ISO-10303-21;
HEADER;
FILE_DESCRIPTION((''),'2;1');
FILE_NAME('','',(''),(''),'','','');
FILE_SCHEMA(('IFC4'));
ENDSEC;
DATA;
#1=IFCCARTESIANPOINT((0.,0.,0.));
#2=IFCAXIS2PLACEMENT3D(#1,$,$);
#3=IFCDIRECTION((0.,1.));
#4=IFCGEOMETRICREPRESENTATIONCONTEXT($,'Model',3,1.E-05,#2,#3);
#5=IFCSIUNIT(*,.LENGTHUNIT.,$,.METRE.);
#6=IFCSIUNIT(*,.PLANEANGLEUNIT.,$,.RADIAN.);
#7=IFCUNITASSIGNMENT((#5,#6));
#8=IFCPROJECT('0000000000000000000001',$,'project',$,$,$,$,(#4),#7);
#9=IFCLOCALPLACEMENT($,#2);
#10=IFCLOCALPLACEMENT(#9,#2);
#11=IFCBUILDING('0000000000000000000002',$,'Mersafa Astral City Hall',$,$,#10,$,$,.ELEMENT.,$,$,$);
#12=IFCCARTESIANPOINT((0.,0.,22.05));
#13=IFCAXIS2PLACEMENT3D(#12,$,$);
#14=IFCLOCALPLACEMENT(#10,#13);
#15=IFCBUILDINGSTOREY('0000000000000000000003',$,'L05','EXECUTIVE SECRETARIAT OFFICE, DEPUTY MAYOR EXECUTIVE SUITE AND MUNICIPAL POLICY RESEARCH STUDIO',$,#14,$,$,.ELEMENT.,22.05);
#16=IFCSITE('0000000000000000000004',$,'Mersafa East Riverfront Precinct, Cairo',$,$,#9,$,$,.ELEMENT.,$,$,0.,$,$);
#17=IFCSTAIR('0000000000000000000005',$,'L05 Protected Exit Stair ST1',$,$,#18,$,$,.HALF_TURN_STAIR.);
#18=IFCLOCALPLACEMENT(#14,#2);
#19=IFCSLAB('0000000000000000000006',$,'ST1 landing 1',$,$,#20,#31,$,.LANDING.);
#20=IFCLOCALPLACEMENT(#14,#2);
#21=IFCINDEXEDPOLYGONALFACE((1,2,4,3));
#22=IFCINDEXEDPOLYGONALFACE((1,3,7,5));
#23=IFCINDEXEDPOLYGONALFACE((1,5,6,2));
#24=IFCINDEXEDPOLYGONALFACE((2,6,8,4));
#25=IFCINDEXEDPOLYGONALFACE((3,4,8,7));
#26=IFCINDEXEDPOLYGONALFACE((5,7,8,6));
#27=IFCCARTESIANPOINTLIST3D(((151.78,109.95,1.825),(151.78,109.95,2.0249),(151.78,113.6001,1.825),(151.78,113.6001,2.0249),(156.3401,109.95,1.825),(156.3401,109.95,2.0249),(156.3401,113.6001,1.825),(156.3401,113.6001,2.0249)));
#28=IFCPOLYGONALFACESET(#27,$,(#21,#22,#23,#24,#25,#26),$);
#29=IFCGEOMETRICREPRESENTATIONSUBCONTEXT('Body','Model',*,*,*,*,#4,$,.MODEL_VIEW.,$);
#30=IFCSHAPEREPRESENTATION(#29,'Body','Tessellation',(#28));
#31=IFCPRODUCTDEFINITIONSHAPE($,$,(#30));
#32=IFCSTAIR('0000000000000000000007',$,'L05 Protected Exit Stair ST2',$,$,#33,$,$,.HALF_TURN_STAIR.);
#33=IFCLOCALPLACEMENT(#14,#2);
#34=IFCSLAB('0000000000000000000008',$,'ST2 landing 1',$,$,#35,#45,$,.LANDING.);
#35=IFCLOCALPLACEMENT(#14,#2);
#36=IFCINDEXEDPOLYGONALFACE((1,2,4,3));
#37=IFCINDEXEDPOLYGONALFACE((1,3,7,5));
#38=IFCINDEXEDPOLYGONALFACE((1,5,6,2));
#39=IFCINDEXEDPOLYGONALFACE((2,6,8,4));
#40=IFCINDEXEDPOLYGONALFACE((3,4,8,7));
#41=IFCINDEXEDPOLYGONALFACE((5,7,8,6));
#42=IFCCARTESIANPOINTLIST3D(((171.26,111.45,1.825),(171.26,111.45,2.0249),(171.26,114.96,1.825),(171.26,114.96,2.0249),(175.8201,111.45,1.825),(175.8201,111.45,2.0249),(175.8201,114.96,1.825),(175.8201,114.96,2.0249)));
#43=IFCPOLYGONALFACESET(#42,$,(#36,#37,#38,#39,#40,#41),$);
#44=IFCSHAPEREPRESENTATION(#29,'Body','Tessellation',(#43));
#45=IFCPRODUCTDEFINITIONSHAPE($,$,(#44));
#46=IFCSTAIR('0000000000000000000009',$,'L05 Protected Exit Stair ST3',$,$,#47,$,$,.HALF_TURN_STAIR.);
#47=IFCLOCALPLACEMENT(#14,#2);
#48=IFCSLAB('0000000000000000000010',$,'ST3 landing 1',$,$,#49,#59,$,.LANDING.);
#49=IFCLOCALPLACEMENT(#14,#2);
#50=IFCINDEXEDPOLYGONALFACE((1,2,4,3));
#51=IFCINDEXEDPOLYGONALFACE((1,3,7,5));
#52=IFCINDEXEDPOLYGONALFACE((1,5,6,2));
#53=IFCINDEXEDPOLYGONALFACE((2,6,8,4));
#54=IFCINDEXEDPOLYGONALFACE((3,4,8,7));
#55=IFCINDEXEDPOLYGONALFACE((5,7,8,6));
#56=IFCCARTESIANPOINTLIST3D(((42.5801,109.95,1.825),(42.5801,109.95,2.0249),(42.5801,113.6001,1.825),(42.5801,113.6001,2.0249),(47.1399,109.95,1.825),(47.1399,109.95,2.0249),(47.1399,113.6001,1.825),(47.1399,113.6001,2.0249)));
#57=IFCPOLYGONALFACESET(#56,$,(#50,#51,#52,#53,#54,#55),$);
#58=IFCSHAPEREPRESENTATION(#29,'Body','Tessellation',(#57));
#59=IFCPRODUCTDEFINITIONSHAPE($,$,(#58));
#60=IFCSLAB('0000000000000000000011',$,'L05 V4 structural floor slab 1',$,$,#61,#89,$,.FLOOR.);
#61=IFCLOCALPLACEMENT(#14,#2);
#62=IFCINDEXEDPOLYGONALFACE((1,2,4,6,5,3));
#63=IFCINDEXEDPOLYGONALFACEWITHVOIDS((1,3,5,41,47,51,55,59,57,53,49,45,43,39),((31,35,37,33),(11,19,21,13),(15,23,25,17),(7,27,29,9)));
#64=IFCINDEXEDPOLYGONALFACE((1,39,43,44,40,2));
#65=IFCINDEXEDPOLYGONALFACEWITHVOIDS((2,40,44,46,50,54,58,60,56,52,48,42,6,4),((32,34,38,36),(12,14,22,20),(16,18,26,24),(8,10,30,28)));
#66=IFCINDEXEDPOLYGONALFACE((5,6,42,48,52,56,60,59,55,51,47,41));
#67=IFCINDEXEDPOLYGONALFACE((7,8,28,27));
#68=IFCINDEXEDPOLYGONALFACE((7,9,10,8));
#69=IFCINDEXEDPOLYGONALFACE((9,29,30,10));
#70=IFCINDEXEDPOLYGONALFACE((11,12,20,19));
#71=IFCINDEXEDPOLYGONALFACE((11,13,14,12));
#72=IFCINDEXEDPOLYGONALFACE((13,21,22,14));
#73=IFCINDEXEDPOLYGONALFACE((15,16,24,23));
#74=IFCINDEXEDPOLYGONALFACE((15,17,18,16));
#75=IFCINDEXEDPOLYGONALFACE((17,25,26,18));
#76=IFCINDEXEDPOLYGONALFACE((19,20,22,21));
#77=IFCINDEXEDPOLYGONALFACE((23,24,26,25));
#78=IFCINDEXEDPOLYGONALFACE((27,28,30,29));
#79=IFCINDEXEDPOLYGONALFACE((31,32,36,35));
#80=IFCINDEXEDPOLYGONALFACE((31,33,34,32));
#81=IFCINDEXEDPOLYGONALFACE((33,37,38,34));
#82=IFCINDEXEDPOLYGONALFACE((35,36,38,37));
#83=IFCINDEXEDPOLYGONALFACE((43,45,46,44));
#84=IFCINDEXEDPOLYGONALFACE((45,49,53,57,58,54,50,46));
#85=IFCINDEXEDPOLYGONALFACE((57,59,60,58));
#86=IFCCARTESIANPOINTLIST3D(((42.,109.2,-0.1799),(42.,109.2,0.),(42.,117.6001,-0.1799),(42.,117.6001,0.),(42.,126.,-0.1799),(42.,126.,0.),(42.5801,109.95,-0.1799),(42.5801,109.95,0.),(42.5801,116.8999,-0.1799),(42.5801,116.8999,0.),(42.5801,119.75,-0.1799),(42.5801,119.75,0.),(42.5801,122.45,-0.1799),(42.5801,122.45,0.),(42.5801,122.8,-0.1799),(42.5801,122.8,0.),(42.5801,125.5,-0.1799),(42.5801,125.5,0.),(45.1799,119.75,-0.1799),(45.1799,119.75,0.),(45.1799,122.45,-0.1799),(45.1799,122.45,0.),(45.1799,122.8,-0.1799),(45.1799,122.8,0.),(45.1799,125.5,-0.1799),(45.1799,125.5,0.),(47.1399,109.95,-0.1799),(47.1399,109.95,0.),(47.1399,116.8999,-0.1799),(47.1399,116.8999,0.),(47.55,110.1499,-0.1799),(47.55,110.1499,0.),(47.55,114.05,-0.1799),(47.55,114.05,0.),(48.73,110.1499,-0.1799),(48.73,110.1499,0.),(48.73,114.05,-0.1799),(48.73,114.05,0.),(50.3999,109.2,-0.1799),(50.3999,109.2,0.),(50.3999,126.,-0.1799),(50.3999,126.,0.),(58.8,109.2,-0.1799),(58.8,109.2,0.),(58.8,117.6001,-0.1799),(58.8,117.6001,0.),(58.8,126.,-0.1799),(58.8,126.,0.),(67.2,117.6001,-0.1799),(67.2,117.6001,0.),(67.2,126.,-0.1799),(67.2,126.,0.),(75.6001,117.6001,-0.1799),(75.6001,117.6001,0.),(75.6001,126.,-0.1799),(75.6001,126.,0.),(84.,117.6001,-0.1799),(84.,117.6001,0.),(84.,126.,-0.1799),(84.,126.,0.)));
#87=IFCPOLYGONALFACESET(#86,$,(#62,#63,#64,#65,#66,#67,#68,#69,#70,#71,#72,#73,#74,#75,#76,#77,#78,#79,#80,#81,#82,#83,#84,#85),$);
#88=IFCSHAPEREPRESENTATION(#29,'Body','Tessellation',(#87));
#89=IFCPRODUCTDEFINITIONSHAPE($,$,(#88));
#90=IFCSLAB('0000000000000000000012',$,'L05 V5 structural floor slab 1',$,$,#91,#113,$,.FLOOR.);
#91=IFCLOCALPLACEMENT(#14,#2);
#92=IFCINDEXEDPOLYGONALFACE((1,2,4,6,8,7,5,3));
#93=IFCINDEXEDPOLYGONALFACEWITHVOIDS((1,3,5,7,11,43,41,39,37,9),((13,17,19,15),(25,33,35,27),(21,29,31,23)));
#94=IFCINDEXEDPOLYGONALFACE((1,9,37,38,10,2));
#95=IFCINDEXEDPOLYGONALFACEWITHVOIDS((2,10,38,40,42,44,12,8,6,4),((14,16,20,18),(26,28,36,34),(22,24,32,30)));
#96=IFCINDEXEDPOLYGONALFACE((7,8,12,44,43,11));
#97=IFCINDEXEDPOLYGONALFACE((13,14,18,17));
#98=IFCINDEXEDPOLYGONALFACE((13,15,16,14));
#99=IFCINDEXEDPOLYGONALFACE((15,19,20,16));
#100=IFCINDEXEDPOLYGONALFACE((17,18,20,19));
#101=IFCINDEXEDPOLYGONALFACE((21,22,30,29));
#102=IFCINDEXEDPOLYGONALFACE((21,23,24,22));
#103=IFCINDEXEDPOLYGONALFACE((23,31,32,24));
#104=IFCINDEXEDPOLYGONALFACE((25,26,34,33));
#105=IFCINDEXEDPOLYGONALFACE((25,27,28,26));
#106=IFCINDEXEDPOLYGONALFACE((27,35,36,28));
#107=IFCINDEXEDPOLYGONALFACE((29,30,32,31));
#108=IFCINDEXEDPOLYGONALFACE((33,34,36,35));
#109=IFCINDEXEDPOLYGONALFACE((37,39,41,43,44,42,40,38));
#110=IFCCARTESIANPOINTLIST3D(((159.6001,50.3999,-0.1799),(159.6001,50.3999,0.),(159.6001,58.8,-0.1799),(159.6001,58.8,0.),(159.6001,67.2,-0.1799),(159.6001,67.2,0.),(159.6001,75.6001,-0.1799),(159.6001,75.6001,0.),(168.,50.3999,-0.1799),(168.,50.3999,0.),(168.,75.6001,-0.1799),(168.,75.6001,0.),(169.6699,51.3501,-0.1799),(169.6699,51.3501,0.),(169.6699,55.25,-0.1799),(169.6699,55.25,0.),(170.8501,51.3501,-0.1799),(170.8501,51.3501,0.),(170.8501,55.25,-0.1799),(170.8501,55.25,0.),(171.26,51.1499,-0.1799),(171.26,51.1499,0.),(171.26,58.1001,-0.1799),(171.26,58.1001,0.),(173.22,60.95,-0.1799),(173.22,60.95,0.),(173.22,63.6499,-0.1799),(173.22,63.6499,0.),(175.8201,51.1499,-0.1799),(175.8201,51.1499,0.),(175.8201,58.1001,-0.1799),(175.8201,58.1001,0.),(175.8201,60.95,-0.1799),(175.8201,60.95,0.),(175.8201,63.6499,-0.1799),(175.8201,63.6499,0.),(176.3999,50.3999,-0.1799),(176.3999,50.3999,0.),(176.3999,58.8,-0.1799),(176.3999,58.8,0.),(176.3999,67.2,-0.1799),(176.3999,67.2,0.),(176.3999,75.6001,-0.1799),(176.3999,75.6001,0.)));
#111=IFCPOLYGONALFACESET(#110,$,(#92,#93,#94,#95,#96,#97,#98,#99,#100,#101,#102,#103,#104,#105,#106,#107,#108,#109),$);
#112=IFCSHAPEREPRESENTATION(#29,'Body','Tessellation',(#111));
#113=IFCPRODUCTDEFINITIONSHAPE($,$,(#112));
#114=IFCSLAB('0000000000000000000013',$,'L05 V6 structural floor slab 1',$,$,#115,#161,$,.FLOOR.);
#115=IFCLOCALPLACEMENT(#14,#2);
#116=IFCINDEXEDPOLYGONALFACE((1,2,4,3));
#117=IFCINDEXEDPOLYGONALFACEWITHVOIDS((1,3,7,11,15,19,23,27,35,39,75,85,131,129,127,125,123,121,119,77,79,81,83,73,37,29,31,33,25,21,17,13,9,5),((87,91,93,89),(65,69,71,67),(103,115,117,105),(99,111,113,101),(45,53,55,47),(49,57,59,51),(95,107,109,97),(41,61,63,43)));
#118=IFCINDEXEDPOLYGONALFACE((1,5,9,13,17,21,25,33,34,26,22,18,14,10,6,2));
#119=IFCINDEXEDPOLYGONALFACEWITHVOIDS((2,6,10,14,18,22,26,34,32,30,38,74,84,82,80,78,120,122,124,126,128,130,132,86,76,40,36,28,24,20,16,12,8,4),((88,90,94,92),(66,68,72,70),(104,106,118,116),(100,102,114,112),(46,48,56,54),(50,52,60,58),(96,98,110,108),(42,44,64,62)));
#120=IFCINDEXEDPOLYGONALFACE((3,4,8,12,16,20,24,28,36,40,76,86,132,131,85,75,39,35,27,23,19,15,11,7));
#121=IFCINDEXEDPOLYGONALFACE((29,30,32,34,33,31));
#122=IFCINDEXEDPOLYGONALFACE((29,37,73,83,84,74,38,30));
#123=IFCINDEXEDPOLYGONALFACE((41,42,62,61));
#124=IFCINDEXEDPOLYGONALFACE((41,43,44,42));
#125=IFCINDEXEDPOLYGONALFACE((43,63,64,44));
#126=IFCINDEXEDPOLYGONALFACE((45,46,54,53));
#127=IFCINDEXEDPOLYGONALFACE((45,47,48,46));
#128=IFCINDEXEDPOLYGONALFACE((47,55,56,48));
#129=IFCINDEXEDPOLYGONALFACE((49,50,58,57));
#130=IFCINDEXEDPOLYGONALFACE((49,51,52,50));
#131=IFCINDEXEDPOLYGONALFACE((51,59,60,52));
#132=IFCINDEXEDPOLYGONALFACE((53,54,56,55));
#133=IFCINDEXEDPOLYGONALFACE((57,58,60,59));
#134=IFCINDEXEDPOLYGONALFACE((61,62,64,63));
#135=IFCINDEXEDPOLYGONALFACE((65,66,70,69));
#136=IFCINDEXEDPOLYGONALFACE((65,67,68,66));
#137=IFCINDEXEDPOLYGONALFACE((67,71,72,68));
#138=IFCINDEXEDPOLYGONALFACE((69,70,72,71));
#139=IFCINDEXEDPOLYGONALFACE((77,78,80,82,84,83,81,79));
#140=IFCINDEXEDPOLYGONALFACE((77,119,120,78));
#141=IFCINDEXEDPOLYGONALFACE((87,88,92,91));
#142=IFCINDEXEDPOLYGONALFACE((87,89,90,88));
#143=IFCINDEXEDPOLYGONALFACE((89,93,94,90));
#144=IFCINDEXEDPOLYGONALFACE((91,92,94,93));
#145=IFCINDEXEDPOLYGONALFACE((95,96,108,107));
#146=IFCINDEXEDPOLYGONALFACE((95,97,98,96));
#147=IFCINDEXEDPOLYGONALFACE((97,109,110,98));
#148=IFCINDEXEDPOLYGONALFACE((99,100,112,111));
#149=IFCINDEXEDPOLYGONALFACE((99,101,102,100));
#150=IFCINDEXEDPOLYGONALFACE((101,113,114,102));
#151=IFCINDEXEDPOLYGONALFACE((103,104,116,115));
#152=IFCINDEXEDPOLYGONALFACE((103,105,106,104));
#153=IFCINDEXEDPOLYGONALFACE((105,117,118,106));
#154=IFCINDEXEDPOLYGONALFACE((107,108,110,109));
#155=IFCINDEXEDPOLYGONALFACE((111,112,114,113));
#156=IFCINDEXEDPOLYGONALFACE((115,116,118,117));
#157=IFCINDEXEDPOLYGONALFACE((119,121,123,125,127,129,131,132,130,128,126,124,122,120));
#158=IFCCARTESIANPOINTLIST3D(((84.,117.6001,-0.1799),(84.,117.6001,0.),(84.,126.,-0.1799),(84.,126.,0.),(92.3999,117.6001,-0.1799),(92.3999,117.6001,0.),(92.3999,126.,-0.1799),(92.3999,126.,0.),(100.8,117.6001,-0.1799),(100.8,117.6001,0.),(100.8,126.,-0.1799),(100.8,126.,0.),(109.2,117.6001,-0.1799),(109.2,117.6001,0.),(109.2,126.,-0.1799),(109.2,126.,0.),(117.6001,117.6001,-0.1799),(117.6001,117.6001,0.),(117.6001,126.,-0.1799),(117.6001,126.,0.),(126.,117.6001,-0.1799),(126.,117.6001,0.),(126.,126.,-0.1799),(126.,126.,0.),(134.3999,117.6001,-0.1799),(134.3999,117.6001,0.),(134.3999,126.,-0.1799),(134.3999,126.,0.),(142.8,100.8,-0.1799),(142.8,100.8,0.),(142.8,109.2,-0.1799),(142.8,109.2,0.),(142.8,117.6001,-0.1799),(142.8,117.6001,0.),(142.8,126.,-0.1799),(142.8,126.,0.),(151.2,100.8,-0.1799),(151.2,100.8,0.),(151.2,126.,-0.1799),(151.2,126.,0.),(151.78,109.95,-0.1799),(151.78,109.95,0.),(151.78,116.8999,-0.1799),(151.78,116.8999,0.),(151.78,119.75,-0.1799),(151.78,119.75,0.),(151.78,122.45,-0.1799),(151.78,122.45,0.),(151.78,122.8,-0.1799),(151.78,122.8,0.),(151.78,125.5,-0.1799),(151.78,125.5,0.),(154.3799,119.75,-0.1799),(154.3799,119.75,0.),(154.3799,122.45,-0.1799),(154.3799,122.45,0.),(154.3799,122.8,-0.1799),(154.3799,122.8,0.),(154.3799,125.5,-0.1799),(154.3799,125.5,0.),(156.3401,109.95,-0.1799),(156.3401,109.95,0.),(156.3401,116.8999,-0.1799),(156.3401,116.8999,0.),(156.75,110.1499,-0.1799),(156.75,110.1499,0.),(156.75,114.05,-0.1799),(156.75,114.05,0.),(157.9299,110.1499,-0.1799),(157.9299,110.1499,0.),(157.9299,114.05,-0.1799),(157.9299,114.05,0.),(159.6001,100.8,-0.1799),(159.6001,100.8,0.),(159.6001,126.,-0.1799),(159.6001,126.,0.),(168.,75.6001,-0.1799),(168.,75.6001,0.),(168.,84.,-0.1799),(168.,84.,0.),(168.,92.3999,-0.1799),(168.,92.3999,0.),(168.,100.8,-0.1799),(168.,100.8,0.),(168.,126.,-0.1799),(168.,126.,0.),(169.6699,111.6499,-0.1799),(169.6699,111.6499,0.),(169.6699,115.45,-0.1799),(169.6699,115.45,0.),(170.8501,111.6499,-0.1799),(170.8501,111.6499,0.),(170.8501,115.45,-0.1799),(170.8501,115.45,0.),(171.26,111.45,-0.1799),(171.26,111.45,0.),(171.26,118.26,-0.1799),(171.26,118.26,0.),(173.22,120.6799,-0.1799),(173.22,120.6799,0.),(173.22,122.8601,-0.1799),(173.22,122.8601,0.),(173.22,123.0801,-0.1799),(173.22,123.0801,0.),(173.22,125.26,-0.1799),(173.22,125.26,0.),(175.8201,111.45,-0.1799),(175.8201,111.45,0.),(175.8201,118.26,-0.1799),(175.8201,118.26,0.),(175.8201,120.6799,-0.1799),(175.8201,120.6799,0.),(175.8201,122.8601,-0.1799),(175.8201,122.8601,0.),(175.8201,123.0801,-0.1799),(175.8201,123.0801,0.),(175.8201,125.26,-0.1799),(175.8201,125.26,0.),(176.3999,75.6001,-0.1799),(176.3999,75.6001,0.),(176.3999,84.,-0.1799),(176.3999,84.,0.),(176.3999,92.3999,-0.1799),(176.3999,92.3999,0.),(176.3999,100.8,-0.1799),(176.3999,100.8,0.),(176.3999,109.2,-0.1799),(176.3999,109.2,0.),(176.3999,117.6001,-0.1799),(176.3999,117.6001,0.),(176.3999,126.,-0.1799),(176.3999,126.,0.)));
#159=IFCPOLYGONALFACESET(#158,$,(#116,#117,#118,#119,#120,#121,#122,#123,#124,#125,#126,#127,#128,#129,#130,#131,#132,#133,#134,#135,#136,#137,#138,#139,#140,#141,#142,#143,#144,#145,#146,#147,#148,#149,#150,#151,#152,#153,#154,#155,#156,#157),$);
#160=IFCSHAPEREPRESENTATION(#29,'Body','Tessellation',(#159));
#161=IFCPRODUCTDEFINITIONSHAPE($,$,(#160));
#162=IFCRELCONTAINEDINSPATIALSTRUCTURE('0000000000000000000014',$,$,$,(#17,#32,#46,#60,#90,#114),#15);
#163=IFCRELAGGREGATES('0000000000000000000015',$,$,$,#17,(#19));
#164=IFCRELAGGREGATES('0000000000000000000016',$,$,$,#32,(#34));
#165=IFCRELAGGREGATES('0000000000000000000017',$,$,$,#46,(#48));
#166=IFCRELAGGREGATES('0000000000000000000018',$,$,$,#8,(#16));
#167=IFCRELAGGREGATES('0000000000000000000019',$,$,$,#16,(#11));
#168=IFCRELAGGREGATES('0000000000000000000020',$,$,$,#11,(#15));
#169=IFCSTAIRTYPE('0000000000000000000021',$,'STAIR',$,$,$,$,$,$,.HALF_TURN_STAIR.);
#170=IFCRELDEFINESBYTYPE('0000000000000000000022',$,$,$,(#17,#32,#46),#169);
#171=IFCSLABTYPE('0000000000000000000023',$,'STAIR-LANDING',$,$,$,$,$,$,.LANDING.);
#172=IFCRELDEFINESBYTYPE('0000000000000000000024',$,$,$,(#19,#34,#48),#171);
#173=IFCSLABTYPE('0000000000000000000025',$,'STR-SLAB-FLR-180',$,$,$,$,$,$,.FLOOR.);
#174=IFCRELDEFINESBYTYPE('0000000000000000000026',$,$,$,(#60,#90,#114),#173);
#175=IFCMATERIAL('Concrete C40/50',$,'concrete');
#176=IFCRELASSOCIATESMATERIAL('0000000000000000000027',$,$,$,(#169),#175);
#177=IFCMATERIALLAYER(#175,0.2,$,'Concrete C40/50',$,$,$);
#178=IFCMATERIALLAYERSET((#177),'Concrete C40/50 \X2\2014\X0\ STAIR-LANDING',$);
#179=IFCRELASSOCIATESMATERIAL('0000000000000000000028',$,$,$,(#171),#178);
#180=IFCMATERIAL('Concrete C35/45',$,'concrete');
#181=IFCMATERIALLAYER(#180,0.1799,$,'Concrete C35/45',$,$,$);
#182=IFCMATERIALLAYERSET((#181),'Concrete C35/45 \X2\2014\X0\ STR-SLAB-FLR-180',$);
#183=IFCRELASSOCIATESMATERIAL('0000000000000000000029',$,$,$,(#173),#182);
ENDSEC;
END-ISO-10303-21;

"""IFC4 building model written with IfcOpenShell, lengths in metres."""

from ifc_helpers import new_model, si_unit, direction, frame, origin, place, context, subcontext, project, spatial, polyline, outline, extrude, material, layer, layer_set, type_object, element, aggregate, save


model = new_model("IFC4")

# Units and contexts
model_context = context("Model", 3, precision=1e-05, world=origin(), true_north=direction((0.0, 1.0)))
body_context = subcontext(model_context, "Body", "Model", "MODEL_VIEW")
ifc_project = project(units=[si_unit("LENGTHUNIT", "METRE"), si_unit("PLANEANGLEUNIT", "RADIAN")], contexts=[model_context])

# Site, building, storey
site_placement = place(None, origin())
site = spatial("IfcSite", under=ifc_project, at=site_placement, Name="Mersafa East Riverfront Precinct, Cairo", CompositionType="ELEMENT", RefElevation=0.0)
building_placement = place(site_placement, origin())
building = spatial("IfcBuilding", under=site, at=building_placement, Name="Mersafa Astral City Hall", CompositionType="ELEMENT")
storey_placement = place(building_placement, frame((0.0, 0.0, 22.05)))
storey = spatial("IfcBuildingStorey", under=building, at=storey_placement, Name="L05", Description="EXECUTIVE SECRETARIAT OFFICE, DEPUTY MAYOR EXECUTIVE SUITE AND MUNICIPAL POLICY RESEARCH STUDIO", CompositionType="ELEMENT", Elevation=22.05)

# Stairs, slabs
ifc_material_1 = material(Name="Concrete C40/50", Category="concrete")
stair_type = type_object("IfcStairType", Name="STAIR", PredefinedType="HALF_TURN_STAIR", material=ifc_material_1)
stair_1_placement = place(storey_placement, origin())
stair_1 = element("IfcStair", 1, at=stair_1_placement, inside=storey, type_object=stair_type, Name="L05 Protected Exit Stair ST1", PredefinedType="HALF_TURN_STAIR")
ifc_layer_1 = layer(ifc_material_1, 0.2, Name="Concrete C40/50")
ifc_layer_set_1 = layer_set([ifc_layer_1], Name="Concrete C40/50 — STAIR-LANDING")
slab_type_1 = type_object("IfcSlabType", Name="STAIR-LANDING", PredefinedType="LANDING", material=ifc_layer_set_1)
slab_1_placement = place(storey_placement, frame((0.0, 0.0, 1.825)))
slab_1 = element("IfcSlab", 2, at=slab_1_placement, type_object=slab_type_1, Name="ST1 landing 1", PredefinedType="LANDING", context=body_context, shape_type="SweptSolid", body=[
    extrude(outline(polyline([(151.78, 113.6001), (151.78, 109.95), (156.3401, 109.95), (156.3401, 113.6001), (151.78, 113.6001)])), origin(), (0.0, 0.0, 1.0), 0.2),
])
aggregate(stair_1, [slab_1])
stair_2_placement = place(storey_placement, origin())
stair_2 = element("IfcStair", 3, at=stair_2_placement, inside=storey, type_object=stair_type, Name="L05 Protected Exit Stair ST2", PredefinedType="HALF_TURN_STAIR")
slab_2_placement = place(storey_placement, frame((0.0, 0.0, 1.825)))
slab_2 = element("IfcSlab", 4, at=slab_2_placement, type_object=slab_type_1, Name="ST2 landing 1", PredefinedType="LANDING", context=body_context, shape_type="SweptSolid", body=[
    extrude(outline(polyline([(171.26, 114.96), (171.26, 111.45), (175.8201, 111.45), (175.8201, 114.96), (171.26, 114.96)])), origin(), (0.0, 0.0, 1.0), 0.2),
])
aggregate(stair_2, [slab_2])
stair_3_placement = place(storey_placement, origin())
stair_3 = element("IfcStair", 5, at=stair_3_placement, inside=storey, type_object=stair_type, Name="L05 Protected Exit Stair ST3", PredefinedType="HALF_TURN_STAIR")
slab_3_placement = place(storey_placement, frame((0.0, 0.0, 1.825)))
slab_3 = element("IfcSlab", 6, at=slab_3_placement, type_object=slab_type_1, Name="ST3 landing 1", PredefinedType="LANDING", context=body_context, shape_type="SweptSolid", body=[
    extrude(outline(polyline([(42.5801, 113.6001), (42.5801, 109.95), (47.1399, 109.95), (47.1399, 113.6001), (42.5801, 113.6001)])), origin(), (0.0, 0.0, 1.0), 0.2),
])
aggregate(stair_3, [slab_3])

# Slabs
ifc_material_2 = material(Name="Concrete C35/45", Category="concrete")
ifc_layer_2 = layer(ifc_material_2, 0.1799, Name="Concrete C35/45")
ifc_layer_set_2 = layer_set([ifc_layer_2], Name="Concrete C35/45 — STR-SLAB-FLR-180")
slab_type_2 = type_object("IfcSlabType", Name="STR-SLAB-FLR-180", PredefinedType="FLOOR", material=ifc_layer_set_2)
slab_4_placement = place(storey_placement, frame((0.0, 0.0, -0.1799)))
element("IfcSlab", 7, at=slab_4_placement, inside=storey, type_object=slab_type_2, Name="L05 V4 structural floor slab 1", PredefinedType="FLOOR", context=body_context, shape_type="SweptSolid", body=[
    extrude(outline(polyline([(42.0, 126.0), (50.3999, 126.0), (58.8, 126.0), (67.2, 126.0), (75.6001, 126.0), (84.0, 126.0), (84.0, 117.6001), (75.6001, 117.6001), (67.2, 117.6001), (58.8, 117.6001), (58.8, 109.2), (50.3999, 109.2), (42.0, 109.2), (42.0, 117.6001), (42.0, 126.0)]), holes=[polyline([(47.55, 114.05), (47.55, 110.1499), (48.73, 110.1499), (48.73, 114.05), (47.55, 114.05)]), polyline([(42.5801, 109.95), (47.1399, 109.95), (47.1399, 116.8999), (42.5801, 116.8999), (42.5801, 109.95)]), polyline([(45.1799, 122.45), (42.5801, 122.45), (42.5801, 119.75), (45.1799, 119.75), (45.1799, 122.45)]), polyline([(45.1799, 125.5), (42.5801, 125.5), (42.5801, 122.8), (45.1799, 122.8), (45.1799, 125.5)])]), origin(), (0.0, 0.0, 1.0), 0.1799),
])
slab_5_placement = place(storey_placement, frame((0.0, 0.0, -0.1799)))
element("IfcSlab", 8, at=slab_5_placement, inside=storey, type_object=slab_type_2, Name="L05 V5 structural floor slab 1", PredefinedType="FLOOR", context=body_context, shape_type="SweptSolid", body=[
    extrude(outline(polyline([(159.6001, 67.2), (159.6001, 75.6001), (168.0, 75.6001), (176.3999, 75.6001), (176.3999, 67.2), (176.3999, 58.8), (176.3999, 50.3999), (168.0, 50.3999), (159.6001, 50.3999), (159.6001, 58.8), (159.6001, 67.2)]), holes=[polyline([(170.8501, 55.25), (169.6699, 55.25), (169.6699, 51.3501), (170.8501, 51.3501), (170.8501, 55.25)]), polyline([(171.26, 51.1499), (175.8201, 51.1499), (175.8201, 58.1001), (171.26, 58.1001), (171.26, 51.1499)]), polyline([(175.8201, 63.6499), (173.22, 63.6499), (173.22, 60.95), (175.8201, 60.95), (175.8201, 63.6499)])]), origin(), (0.0, 0.0, 1.0), 0.1799),
])
slab_6_placement = place(storey_placement, frame((0.0, 0.0, -0.1799)))
element("IfcSlab", 9, at=slab_6_placement, inside=storey, type_object=slab_type_2, Name="L05 V6 structural floor slab 1", PredefinedType="FLOOR", context=body_context, shape_type="SweptSolid", body=[
    extrude(outline(polyline([(134.3999, 117.6001), (126.0, 117.6001), (117.6001, 117.6001), (109.2, 117.6001), (100.8, 117.6001), (92.3999, 117.6001), (84.0, 117.6001), (84.0, 126.0), (92.3999, 126.0), (100.8, 126.0), (109.2, 126.0), (117.6001, 126.0), (126.0, 126.0), (134.3999, 126.0), (142.8, 126.0), (151.2, 126.0), (159.6001, 126.0), (168.0, 126.0), (176.3999, 126.0), (176.3999, 117.6001), (176.3999, 109.2), (176.3999, 100.8), (176.3999, 92.3999), (176.3999, 84.0), (176.3999, 75.6001), (168.0, 75.6001), (168.0, 84.0), (168.0, 92.3999), (168.0, 100.8), (159.6001, 100.8), (151.2, 100.8), (142.8, 100.8), (142.8, 109.2), (142.8, 117.6001), (134.3999, 117.6001)]), holes=[polyline([(157.9299, 114.05), (156.75, 114.05), (156.75, 110.1499), (157.9299, 110.1499), (157.9299, 114.05)]), polyline([(151.78, 109.95), (156.3401, 109.95), (156.3401, 116.8999), (151.78, 116.8999), (151.78, 109.95)]), polyline([(154.3799, 122.45), (151.78, 122.45), (151.78, 119.75), (154.3799, 119.75), (154.3799, 122.45)]), polyline([(154.3799, 125.5), (151.78, 125.5), (151.78, 122.8), (154.3799, 122.8), (154.3799, 125.5)]), polyline([(170.8501, 115.45), (169.6699, 115.45), (169.6699, 111.6499), (170.8501, 111.6499), (170.8501, 115.45)]), polyline([(171.26, 111.45), (175.8201, 111.45), (175.8201, 118.26), (171.26, 118.26), (171.26, 111.45)]), polyline([(175.8201, 122.8601), (173.22, 122.8601), (173.22, 120.6799), (175.8201, 120.6799), (175.8201, 122.8601)]), polyline([(175.8201, 125.26), (173.22, 125.26), (173.22, 123.0801), (175.8201, 123.0801), (175.8201, 125.26)])]), origin(), (0.0, 0.0, 1.0), 0.1799),
])

save(model, "model.ifc")
